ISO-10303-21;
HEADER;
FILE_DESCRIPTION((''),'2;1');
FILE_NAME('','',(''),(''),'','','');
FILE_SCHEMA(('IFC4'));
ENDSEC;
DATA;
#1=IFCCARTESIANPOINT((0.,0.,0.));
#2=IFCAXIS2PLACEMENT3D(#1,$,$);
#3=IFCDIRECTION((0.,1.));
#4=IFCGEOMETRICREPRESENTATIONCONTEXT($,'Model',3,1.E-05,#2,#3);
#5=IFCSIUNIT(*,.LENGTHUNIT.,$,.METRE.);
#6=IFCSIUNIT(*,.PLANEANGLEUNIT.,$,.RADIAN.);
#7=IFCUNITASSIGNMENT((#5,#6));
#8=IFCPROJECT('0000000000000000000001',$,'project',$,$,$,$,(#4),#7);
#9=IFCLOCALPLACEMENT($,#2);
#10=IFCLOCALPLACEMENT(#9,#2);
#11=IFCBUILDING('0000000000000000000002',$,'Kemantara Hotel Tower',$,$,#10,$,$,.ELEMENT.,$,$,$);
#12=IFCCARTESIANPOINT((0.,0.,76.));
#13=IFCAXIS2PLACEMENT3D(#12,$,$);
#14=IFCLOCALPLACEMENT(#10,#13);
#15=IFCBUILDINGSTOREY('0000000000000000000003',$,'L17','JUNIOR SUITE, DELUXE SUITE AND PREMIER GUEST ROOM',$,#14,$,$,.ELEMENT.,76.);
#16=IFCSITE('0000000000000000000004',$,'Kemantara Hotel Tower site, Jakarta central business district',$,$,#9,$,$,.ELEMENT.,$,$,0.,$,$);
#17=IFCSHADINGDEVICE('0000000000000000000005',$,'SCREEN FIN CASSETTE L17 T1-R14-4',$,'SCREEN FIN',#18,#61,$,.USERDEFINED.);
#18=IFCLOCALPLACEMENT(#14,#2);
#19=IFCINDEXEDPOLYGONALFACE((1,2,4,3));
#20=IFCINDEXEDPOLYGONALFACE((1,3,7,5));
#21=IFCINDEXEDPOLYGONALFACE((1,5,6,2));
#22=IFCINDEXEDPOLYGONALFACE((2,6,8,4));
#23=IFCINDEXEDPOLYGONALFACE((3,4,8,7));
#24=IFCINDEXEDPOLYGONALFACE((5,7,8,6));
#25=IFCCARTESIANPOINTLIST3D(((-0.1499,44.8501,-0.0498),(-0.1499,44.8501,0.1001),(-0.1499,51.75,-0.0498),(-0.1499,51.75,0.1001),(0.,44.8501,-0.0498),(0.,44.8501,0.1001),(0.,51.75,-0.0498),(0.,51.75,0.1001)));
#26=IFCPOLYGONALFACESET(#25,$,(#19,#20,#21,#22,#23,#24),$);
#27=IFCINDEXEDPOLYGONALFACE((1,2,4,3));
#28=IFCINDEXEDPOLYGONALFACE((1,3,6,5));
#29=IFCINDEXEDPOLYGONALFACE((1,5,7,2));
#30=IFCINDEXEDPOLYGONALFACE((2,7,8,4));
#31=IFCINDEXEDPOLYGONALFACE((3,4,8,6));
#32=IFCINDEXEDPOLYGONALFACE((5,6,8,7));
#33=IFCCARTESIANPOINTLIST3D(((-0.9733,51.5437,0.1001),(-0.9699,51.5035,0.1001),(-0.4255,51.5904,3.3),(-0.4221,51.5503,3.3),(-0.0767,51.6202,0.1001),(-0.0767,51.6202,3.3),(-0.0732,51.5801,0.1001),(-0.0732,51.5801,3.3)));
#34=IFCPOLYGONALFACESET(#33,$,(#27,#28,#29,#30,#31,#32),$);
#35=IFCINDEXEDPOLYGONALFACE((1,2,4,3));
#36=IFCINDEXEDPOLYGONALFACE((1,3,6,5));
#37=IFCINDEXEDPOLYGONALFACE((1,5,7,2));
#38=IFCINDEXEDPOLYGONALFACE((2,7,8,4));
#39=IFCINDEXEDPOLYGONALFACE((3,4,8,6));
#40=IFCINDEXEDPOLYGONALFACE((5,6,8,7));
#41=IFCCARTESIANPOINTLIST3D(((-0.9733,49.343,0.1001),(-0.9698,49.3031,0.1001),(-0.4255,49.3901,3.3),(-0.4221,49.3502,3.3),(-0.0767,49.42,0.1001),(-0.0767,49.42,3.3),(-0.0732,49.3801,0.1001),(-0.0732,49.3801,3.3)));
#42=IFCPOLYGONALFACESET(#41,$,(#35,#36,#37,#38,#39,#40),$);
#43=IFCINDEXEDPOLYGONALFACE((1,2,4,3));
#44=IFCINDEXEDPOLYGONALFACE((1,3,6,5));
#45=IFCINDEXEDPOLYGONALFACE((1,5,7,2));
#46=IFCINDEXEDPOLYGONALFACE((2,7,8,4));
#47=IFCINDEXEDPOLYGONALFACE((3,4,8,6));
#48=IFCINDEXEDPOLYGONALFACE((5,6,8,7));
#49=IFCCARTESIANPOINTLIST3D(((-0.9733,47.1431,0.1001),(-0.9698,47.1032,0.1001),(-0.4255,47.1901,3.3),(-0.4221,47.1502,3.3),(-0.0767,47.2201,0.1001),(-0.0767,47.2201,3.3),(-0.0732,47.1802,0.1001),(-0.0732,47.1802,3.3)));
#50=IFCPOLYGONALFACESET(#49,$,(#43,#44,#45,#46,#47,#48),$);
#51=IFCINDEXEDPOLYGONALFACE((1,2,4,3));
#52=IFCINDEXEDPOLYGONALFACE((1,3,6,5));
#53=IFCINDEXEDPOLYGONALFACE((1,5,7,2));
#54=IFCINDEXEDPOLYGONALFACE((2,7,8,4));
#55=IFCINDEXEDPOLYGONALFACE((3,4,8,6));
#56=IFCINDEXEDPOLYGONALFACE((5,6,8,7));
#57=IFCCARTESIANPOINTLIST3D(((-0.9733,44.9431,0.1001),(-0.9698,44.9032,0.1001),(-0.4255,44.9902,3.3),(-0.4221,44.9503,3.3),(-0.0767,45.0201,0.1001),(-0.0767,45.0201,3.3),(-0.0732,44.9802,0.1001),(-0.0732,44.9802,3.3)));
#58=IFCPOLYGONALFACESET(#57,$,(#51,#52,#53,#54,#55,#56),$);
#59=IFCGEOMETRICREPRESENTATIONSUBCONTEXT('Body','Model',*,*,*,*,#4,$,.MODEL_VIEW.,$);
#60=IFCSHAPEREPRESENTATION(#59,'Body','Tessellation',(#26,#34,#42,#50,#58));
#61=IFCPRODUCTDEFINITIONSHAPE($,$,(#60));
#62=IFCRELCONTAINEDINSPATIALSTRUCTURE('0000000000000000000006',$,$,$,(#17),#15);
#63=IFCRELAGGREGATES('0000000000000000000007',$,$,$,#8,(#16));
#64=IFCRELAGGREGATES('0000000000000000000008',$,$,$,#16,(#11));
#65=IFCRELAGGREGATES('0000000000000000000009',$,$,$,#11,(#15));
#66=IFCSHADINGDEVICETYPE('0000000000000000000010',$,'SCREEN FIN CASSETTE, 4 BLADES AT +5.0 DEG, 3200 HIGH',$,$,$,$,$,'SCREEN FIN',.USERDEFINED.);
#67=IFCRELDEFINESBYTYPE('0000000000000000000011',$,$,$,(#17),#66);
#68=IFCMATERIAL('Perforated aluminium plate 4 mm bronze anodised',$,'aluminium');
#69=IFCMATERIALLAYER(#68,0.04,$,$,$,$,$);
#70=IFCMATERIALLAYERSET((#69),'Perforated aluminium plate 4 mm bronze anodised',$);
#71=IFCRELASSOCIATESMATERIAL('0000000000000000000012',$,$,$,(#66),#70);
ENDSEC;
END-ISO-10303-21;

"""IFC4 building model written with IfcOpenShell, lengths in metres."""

from ifc_helpers import new_model, si_unit, direction, frame, origin, origin_2d, place, context, subcontext, project, spatial, polyline, rectangle, outline, extrude, source, transform, mapped, material, layer, layer_set, type_object, element, save


model = new_model("IFC4")

# Units and contexts
model_context = context("Model", 3, precision=1e-05, world=origin(), true_north=direction((0.0, 1.0)))
body_context = subcontext(model_context, "Body", "Model", "MODEL_VIEW")
ifc_project = project(units=[si_unit("LENGTHUNIT", "METRE"), si_unit("PLANEANGLEUNIT", "RADIAN")], contexts=[model_context])

# Site, building, storey
site_placement = place(None, origin())
site = spatial("IfcSite", under=ifc_project, at=site_placement, Name="Kemantara Hotel Tower site, Jakarta central business district", CompositionType="ELEMENT", RefElevation=0.0)
building_placement = place(site_placement, origin())
building = spatial("IfcBuilding", under=site, at=building_placement, Name="Kemantara Hotel Tower", CompositionType="ELEMENT")
storey_placement = place(building_placement, frame((0.0, 0.0, 76.0)))
storey = spatial("IfcBuildingStorey", under=building, at=storey_placement, Name="L17", Description="JUNIOR SUITE, DELUXE SUITE AND PREMIER GUEST ROOM", CompositionType="ELEMENT", Elevation=76.0)

# Shading device
ifc_material_1 = material(Name="Perforated aluminium plate 4 mm bronze anodised", Category="aluminium")
ifc_layer_1 = layer(ifc_material_1, 0.04)
ifc_layer_set_1 = layer_set([ifc_layer_1], Name="Perforated aluminium plate 4 mm bronze anodised")
shading_device_type = type_object("IfcShadingDeviceType", Name="SCREEN FIN CASSETTE, 4 BLADES AT +5.0 DEG, 3200 HIGH", ElementType="SCREEN FIN", PredefinedType="USERDEFINED", material=ifc_layer_set_1)
shared_shape = source(origin(), body_context, "Body", "SweptSolid", [
    extrude(rectangle(XDim=6.8999, YDim=0.1499, at=origin_2d()), frame((3.3, -0.075, -0.1499), z_axis=(0.0, 0.0, 1.0), x_axis=(1.0, 0.0, 0.0)), (0.0, 0.0, 1.0), 0.1499),
    extrude(outline(polyline([(0.0, 0.0), (0.8999, 0.0), (0.3501, 3.2), (0.0, 3.2), (0.0, 0.0)])), frame((0.02, -0.0732, 0.0), z_axis=(-0.996376, -0.085056, 0.0), x_axis=(0.085056, -0.996376, 0.0)), (0.0, 0.0, 1.0), 0.0403),
    extrude(outline(polyline([(0.0, 0.0), (0.8999, 0.0), (0.3501, 3.2), (0.0, 3.2), (0.0, 0.0)])), frame((2.22, -0.0732, 0.0), z_axis=(-0.996332, -0.085575, 0.0), x_axis=(0.085575, -0.996332, 0.0)), (0.0, 0.0, 1.0), 0.04),
    extrude(outline(polyline([(0.0, 0.0), (0.8999, 0.0), (0.3501, 3.2), (0.0, 3.2), (0.0, 0.0)])), frame((4.4199, -0.0732, 0.0), z_axis=(-0.996332, -0.085575, 0.0), x_axis=(0.085575, -0.996332, 0.0)), (0.0, 0.0, 1.0), 0.04),
    extrude(outline(polyline([(0.0, 0.0), (0.8999, 0.0), (0.3501, 3.2), (0.0, 3.2), (0.0, 0.0)])), frame((6.6199, -0.0732, 0.0), z_axis=(-0.996332, -0.085575, 0.0), x_axis=(0.085575, -0.996332, 0.0)), (0.0, 0.0, 1.0), 0.04),
])
shading_device_placement = place(storey_placement, frame((0.0, 51.6001, 0.1001), z_axis=(0.0, 0.0, 1.0), x_axis=(0.0, -1.0, 0.0)))
element("IfcShadingDevice", 1, at=shading_device_placement, inside=storey, type_object=shading_device_type, Name="SCREEN FIN CASSETTE L17 T1-R14-4", ObjectType="SCREEN FIN", PredefinedType="USERDEFINED", context=body_context, shape_type="MappedRepresentation", body=[
    mapped(shared_shape, transform((0.0, 0.0, 0.0))),
])

save(model, "model.ifc")
